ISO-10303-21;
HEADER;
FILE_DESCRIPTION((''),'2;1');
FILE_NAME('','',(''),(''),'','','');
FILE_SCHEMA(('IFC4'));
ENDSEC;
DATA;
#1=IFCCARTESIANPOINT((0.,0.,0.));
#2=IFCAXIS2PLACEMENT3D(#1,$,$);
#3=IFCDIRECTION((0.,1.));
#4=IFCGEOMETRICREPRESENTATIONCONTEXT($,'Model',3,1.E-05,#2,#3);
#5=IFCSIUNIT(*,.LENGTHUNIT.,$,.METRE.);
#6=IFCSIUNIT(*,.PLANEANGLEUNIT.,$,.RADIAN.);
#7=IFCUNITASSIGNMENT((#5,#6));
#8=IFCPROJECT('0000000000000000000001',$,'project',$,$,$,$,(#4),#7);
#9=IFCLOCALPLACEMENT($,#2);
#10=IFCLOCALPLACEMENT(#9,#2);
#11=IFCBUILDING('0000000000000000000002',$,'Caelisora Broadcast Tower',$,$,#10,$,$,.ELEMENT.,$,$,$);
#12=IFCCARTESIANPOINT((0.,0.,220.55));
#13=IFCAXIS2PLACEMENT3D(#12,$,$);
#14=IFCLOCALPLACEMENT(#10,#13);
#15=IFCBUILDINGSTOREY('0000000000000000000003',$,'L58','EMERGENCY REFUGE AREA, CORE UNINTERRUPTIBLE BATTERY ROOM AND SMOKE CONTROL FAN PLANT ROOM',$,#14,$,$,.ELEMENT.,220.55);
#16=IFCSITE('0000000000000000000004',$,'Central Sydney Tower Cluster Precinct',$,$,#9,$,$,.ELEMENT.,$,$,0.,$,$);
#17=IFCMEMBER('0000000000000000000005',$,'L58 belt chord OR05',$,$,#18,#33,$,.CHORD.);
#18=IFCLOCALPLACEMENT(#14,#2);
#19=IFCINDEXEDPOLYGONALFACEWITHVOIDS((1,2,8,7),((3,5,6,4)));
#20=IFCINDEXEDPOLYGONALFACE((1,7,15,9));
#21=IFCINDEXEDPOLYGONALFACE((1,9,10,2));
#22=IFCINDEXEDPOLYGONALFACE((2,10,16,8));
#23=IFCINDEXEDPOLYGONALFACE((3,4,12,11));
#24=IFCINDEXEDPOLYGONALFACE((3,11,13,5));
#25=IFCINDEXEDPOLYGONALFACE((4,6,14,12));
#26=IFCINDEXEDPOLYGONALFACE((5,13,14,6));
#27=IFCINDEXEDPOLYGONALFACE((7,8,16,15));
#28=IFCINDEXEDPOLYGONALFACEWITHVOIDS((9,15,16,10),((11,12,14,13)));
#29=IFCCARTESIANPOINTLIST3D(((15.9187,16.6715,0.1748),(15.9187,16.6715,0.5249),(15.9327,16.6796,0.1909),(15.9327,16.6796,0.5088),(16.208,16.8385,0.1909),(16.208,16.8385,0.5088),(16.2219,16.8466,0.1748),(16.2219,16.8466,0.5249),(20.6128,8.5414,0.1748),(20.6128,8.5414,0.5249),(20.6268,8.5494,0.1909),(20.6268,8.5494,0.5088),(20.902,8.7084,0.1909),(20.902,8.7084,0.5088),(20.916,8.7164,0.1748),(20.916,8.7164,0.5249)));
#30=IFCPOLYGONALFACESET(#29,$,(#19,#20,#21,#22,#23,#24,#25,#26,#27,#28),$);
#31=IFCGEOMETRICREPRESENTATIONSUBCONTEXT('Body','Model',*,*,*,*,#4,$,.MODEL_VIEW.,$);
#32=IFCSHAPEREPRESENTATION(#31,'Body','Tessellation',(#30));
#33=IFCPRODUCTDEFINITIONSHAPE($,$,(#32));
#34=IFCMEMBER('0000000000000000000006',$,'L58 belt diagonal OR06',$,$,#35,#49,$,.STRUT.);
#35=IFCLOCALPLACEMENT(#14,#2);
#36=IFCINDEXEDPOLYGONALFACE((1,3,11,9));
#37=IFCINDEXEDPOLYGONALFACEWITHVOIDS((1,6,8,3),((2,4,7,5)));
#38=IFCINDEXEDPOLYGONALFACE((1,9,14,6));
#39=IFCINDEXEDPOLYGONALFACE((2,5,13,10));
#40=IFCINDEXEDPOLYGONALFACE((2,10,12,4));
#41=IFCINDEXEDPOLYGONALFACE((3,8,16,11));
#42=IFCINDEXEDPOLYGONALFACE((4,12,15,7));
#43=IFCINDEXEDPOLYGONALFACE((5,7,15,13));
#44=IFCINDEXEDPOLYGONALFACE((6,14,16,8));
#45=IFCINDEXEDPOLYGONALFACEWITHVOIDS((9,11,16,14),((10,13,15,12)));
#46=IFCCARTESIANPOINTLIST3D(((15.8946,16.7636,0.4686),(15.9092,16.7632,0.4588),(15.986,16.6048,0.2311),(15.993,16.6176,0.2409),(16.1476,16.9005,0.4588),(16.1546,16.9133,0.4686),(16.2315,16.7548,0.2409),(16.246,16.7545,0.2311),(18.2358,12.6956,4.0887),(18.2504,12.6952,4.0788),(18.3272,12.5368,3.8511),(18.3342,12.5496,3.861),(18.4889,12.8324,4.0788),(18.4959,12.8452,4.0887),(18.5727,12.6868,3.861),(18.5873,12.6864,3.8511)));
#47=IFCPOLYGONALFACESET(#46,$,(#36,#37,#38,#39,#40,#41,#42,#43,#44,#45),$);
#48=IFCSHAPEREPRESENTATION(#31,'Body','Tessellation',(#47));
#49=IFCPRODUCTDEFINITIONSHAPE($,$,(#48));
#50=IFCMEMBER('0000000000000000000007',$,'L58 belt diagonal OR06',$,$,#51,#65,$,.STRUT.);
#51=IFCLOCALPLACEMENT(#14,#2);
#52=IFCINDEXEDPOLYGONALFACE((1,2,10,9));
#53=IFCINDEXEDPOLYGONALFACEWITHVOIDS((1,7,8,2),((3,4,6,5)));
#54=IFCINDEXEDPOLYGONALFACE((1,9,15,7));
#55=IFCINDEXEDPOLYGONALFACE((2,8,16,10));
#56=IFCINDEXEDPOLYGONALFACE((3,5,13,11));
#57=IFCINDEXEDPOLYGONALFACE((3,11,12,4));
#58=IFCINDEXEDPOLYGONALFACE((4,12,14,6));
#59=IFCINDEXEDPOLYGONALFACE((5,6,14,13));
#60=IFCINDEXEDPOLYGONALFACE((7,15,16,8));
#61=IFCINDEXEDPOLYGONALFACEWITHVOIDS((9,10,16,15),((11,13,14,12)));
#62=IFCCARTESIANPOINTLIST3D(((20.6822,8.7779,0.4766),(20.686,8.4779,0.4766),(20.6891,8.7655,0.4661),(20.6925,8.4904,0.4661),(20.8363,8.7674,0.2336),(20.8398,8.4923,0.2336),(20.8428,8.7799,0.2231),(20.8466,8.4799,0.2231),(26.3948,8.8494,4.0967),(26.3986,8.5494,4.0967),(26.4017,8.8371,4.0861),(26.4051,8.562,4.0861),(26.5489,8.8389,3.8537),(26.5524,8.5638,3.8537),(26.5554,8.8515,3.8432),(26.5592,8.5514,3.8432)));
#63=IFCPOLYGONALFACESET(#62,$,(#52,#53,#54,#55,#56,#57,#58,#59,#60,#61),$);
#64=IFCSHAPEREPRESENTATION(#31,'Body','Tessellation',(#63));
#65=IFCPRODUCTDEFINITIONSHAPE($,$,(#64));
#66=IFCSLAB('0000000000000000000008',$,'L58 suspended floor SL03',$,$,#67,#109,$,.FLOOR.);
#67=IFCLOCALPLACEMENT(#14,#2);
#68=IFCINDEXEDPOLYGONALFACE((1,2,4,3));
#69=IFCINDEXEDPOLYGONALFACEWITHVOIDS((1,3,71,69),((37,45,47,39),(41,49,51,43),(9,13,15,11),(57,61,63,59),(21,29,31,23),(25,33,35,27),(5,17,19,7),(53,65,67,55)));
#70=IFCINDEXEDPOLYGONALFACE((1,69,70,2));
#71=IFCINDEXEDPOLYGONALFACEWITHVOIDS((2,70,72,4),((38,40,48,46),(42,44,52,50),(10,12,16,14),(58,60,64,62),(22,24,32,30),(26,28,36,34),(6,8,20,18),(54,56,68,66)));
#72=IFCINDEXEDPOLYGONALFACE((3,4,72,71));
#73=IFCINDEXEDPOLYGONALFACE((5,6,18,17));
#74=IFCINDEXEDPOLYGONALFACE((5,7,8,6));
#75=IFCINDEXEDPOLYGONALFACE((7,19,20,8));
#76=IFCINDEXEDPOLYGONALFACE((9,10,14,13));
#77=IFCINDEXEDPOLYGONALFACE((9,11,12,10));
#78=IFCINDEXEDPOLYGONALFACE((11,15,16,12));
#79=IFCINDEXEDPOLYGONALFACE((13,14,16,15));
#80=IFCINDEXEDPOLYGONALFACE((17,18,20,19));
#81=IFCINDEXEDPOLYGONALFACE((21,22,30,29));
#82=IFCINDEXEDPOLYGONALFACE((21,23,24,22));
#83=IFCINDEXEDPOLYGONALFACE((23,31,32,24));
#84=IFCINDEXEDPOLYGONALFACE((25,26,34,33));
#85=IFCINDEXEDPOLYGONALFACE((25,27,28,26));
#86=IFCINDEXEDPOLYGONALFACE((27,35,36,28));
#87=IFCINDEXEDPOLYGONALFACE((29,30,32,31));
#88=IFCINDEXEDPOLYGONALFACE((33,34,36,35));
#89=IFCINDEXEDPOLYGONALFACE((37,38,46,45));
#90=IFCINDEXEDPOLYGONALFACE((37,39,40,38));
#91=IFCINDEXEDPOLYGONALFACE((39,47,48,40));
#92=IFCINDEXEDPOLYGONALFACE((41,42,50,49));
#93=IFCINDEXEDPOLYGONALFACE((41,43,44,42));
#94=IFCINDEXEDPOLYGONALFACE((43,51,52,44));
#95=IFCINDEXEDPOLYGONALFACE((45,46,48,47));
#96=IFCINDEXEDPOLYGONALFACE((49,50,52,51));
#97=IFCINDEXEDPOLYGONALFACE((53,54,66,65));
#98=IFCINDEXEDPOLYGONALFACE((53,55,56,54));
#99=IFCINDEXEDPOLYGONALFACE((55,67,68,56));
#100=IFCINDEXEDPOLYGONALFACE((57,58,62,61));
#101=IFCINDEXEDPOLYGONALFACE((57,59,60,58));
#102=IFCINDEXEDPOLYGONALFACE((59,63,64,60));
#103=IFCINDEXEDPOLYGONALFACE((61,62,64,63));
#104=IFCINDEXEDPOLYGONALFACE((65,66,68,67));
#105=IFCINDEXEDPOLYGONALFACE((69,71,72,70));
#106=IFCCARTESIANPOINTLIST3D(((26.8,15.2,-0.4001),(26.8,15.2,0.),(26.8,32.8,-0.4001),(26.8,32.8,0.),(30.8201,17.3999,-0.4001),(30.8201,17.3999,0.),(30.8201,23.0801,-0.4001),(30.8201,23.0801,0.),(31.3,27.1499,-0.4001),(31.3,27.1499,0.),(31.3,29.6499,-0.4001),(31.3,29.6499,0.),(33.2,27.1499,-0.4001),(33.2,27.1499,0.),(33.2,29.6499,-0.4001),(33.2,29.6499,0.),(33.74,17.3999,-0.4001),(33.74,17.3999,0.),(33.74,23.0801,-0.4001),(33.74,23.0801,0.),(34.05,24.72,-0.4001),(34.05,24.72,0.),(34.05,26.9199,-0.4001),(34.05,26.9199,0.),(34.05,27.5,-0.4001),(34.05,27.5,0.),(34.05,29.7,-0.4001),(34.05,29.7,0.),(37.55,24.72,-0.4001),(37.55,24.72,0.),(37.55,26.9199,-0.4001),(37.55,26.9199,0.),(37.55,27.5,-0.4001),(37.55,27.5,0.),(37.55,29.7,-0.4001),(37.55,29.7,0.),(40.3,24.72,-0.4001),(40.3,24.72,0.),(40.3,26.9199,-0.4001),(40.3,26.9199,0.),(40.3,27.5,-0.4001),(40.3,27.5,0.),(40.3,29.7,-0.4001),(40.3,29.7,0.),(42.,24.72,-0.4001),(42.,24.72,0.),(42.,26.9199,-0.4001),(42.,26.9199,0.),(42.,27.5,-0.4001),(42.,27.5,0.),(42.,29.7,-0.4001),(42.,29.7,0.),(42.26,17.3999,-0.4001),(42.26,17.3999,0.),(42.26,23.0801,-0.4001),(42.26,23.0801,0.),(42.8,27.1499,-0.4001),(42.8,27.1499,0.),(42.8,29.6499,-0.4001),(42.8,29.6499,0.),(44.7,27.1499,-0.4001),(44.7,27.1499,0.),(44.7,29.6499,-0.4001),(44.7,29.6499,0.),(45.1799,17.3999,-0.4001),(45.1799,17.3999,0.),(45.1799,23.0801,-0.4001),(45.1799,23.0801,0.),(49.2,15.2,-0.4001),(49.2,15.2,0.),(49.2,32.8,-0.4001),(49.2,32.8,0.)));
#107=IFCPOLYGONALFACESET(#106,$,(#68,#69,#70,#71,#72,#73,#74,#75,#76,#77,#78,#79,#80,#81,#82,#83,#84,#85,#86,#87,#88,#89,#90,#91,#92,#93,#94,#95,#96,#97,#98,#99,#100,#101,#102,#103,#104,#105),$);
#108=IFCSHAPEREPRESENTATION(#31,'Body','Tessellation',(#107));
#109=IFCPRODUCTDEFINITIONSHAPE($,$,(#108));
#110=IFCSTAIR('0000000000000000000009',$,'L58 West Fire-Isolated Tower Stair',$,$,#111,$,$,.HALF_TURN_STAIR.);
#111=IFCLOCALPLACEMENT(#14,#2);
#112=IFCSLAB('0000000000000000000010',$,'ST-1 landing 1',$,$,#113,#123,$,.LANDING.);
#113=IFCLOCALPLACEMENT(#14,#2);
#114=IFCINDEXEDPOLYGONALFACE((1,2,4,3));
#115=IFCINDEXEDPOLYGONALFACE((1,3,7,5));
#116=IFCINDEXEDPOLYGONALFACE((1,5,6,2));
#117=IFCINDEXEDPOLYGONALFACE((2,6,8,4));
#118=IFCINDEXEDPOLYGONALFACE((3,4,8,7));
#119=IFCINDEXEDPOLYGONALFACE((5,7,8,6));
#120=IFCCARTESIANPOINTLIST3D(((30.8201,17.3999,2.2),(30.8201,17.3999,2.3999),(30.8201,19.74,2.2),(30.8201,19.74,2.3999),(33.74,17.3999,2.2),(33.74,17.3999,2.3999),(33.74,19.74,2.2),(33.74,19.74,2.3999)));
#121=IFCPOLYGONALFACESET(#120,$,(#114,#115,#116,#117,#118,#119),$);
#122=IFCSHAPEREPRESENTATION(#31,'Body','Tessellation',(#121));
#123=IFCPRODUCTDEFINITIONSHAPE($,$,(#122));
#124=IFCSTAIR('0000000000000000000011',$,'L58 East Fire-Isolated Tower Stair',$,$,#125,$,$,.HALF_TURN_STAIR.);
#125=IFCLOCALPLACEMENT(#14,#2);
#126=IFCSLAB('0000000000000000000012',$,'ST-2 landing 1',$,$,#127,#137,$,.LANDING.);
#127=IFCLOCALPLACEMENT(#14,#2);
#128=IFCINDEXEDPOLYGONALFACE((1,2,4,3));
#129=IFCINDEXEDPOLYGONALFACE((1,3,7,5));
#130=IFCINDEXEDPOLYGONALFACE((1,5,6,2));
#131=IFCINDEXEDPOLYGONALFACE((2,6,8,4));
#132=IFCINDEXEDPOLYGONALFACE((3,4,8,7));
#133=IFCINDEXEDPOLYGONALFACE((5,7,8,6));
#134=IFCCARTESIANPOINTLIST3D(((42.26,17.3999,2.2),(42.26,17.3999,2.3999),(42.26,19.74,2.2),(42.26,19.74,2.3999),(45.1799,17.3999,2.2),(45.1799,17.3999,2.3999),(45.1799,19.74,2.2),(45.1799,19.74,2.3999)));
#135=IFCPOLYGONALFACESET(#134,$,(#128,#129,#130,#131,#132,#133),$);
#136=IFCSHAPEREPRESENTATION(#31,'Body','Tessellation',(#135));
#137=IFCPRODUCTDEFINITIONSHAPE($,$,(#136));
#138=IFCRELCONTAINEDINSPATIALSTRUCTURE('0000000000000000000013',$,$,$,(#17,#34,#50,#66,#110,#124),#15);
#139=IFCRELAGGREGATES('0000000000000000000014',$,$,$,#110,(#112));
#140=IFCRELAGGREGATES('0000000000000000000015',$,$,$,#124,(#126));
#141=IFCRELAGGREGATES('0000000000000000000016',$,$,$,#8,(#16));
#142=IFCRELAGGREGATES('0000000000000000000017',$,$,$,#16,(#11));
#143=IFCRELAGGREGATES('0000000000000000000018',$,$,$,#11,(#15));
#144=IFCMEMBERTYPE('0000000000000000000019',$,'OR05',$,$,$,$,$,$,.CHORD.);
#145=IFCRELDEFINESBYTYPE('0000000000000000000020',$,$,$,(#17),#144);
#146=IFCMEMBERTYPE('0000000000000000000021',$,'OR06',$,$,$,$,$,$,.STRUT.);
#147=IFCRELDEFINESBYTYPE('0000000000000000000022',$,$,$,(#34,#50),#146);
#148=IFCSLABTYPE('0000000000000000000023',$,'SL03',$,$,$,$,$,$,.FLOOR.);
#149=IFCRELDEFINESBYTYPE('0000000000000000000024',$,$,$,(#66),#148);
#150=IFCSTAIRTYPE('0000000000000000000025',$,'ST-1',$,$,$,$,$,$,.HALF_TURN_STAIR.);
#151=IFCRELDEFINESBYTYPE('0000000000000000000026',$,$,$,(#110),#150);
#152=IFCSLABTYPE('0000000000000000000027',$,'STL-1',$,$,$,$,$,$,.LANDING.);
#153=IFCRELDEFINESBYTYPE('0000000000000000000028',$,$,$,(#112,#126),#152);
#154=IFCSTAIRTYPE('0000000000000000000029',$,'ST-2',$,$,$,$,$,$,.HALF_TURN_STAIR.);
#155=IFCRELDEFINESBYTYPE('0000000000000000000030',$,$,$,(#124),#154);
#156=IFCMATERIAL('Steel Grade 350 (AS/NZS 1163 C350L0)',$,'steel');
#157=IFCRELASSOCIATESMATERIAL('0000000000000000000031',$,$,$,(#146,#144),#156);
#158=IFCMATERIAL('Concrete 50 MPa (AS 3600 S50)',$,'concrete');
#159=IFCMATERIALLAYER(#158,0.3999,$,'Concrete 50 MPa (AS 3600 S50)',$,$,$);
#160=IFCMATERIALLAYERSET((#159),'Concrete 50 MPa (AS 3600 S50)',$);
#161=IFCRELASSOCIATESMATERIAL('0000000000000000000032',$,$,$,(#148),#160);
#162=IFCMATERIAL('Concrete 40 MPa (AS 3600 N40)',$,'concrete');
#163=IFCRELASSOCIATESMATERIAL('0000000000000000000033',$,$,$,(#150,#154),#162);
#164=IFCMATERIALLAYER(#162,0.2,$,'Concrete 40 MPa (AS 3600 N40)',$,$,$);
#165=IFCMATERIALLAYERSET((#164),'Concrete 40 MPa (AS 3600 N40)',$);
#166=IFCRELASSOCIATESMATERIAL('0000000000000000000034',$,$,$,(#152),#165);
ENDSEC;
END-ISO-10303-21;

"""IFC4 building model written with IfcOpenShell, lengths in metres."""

from ifc_helpers import new_model, si_unit, direction, frame, origin, origin_2d, place, context, subcontext, project, spatial, polyline, hollow_rectangle, outline, extrude, source, transform, mapped, material, layer, layer_set, material_profile, profile_set, type_object, element, aggregate, save


model = new_model("IFC4")

# Units and contexts
model_context = context("Model", 3, precision=1e-05, world=origin(), true_north=direction((0.0, 1.0)))
body_context = subcontext(model_context, "Body", "Model", "MODEL_VIEW")
ifc_project = project(units=[si_unit("LENGTHUNIT", "METRE"), si_unit("PLANEANGLEUNIT", "RADIAN")], contexts=[model_context])

# Site, building, storey
site_placement = place(None, origin())
site = spatial("IfcSite", under=ifc_project, at=site_placement, Name="Central Sydney Tower Cluster Precinct", CompositionType="ELEMENT", RefElevation=0.0)
building_placement = place(site_placement, origin())
building = spatial("IfcBuilding", under=site, at=building_placement, Name="Caelisora Broadcast Tower", CompositionType="ELEMENT")
storey_placement = place(building_placement, frame((0.0, 0.0, 220.55)))
storey = spatial("IfcBuildingStorey", under=building, at=storey_placement, Name="L58", Description="EMERGENCY REFUGE AREA, CORE UNINTERRUPTIBLE BATTERY ROOM AND SMOKE CONTROL FAN PLANT ROOM", CompositionType="ELEMENT", Elevation=220.55)

# Shared definitions
ifc_material_1 = material(Name="Steel Grade 350 (AS/NZS 1163 C350L0)", Category="steel")

# Members
ifc_material_profile_1 = material_profile(ifc_material_1, hollow_rectangle(XDim=0.3, YDim=0.3, WallThickness=0.0125, at=origin_2d()), Name="Steel Grade 350 (AS/NZS 1163 C350L0)")
ifc_profile_set_1 = profile_set([ifc_material_profile_1], Name="Steel Grade 350 (AS/NZS 1163 C350L0)")
member_type_1 = type_object("IfcMemberType", Name="OR06", PredefinedType="STRUT", material=ifc_profile_set_1)
ifc_material_profile_2 = material_profile(ifc_material_1, hollow_rectangle(XDim=0.3501, YDim=0.3501, WallThickness=0.0161, at=origin_2d()), Name="Steel Grade 350 (AS/NZS 1163 C350L0)")
ifc_profile_set_2 = profile_set([ifc_material_profile_2], Name="Steel Grade 350 (AS/NZS 1163 C350L0)")
member_type_2 = type_object("IfcMemberType", Name="OR05", PredefinedType="CHORD", material=ifc_profile_set_2)
shared_shape_1 = source(origin(), body_context, "Body", "SweptSolid", [
    extrude(hollow_rectangle(XDim=0.3501, YDim=0.3501, WallThickness=0.0161, at=origin_2d()), origin(), (0.0, 0.0, 1.0), 9.3879),
])
member_1_placement = place(storey_placement, frame((16.0703, 16.759, 0.3499), z_axis=(0.500013, -0.866018, 0.0), x_axis=(0.866018, 0.500013, 0.0)))
element("IfcMember", 1, at=member_1_placement, inside=storey, type_object=member_type_2, Name="L58 belt chord OR05", PredefinedType="CHORD", context=body_context, shape_type="MappedRepresentation", body=[
    mapped(shared_shape_1, transform((0.0, 0.0, 0.0), scale=1.0)),
])
shared_shape_2 = source(origin(), body_context, "Body", "SweptSolid", [
    extrude(hollow_rectangle(XDim=0.3, YDim=0.3, WallThickness=0.0125, at=origin_2d()), origin(), (0.0, 0.0, 1.0), 5.9275),
])
member_2_placement = place(storey_placement, frame((16.0703, 16.759, 0.3499), z_axis=(0.394984, -0.6863, 0.610721), x_axis=(0.866709, 0.498814, 0.0)))
element("IfcMember", 2, at=member_2_placement, inside=storey, type_object=member_type_1, Name="L58 belt diagonal OR06", PredefinedType="STRUT", context=body_context, shape_type="MappedRepresentation", body=[
    mapped(shared_shape_2, transform((0.0, 0.0, 0.0), scale=1.0)),
])
shared_shape_3 = source(origin(), body_context, "Body", "SweptSolid", [
    extrude(hollow_rectangle(XDim=0.3, YDim=0.3, WallThickness=0.0125, at=origin_2d()), origin(), (0.0, 0.0, 1.0), 6.7634),
])
member_3_placement = place(storey_placement, frame((20.7644, 8.6289, 0.3499), z_axis=(0.844631, 0.010576, 0.535245), x_axis=(-0.012521, 0.999922, 0.0)))
element("IfcMember", 3, at=member_3_placement, inside=storey, type_object=member_type_1, Name="L58 belt diagonal OR06", PredefinedType="STRUT", context=body_context, shape_type="MappedRepresentation", body=[
    mapped(shared_shape_3, transform((0.0, 0.0, 0.0), scale=1.0)),
])

# Slab
ifc_material_2 = material(Name="Concrete 50 MPa (AS 3600 S50)", Category="concrete")
ifc_layer_1 = layer(ifc_material_2, 0.3999, Name="Concrete 50 MPa (AS 3600 S50)")
ifc_layer_set_1 = layer_set([ifc_layer_1], Name="Concrete 50 MPa (AS 3600 S50)")
slab_type_1 = type_object("IfcSlabType", Name="SL03", PredefinedType="FLOOR", material=ifc_layer_set_1)
slab_1_placement = place(storey_placement, frame((0.0, 0.0, -0.4001)))
element("IfcSlab", 4, at=slab_1_placement, inside=storey, type_object=slab_type_1, Name="L58 suspended floor SL03", PredefinedType="FLOOR", context=body_context, shape_type="SweptSolid", body=[
    extrude(outline(polyline([(26.8, 15.2), (26.8, 32.8), (49.2, 32.8), (49.2, 15.2), (26.8, 15.2)]), holes=[polyline([(30.8201, 17.3999), (33.74, 17.3999), (33.74, 23.0801), (30.8201, 23.0801), (30.8201, 17.3999)]), polyline([(42.26, 17.3999), (45.1799, 17.3999), (45.1799, 23.0801), (42.26, 23.0801), (42.26, 17.3999)]), polyline([(42.8, 27.1499), (44.7, 27.1499), (44.7, 29.6499), (42.8, 29.6499), (42.8, 27.1499)]), polyline([(40.3, 24.72), (42.0, 24.72), (42.0, 26.9199), (40.3, 26.9199), (40.3, 24.72)]), polyline([(40.3, 27.5), (42.0, 27.5), (42.0, 29.7), (40.3, 29.7), (40.3, 27.5)]), polyline([(34.05, 24.72), (37.55, 24.72), (37.55, 26.9199), (34.05, 26.9199), (34.05, 24.72)]), polyline([(34.05, 27.5), (37.55, 27.5), (37.55, 29.7), (34.05, 29.7), (34.05, 27.5)]), polyline([(31.3, 27.1499), (33.2, 27.1499), (33.2, 29.6499), (31.3, 29.6499), (31.3, 27.1499)])]), origin(), (0.0, 0.0, 1.0), 0.4001),
])

# Stairs, slabs
ifc_material_3 = material(Name="Concrete 40 MPa (AS 3600 N40)", Category="concrete")
stair_type_1 = type_object("IfcStairType", Name="ST-1", PredefinedType="HALF_TURN_STAIR", material=ifc_material_3)
stair_1_placement = place(storey_placement, origin())
stair_1 = element("IfcStair", 5, at=stair_1_placement, inside=storey, type_object=stair_type_1, Name="L58 West Fire-Isolated Tower Stair", PredefinedType="HALF_TURN_STAIR")
ifc_layer_2 = layer(ifc_material_3, 0.2, Name="Concrete 40 MPa (AS 3600 N40)")
ifc_layer_set_2 = layer_set([ifc_layer_2], Name="Concrete 40 MPa (AS 3600 N40)")
slab_type_2 = type_object("IfcSlabType", Name="STL-1", PredefinedType="LANDING", material=ifc_layer_set_2)
slab_2_placement = place(storey_placement, frame((0.0, 0.0, 2.2)))
slab_2 = element("IfcSlab", 6, at=slab_2_placement, type_object=slab_type_2, Name="ST-1 landing 1", PredefinedType="LANDING", context=body_context, shape_type="SweptSolid", body=[
    extrude(outline(polyline([(30.8201, 19.74), (30.8201, 17.3999), (33.74, 17.3999), (33.74, 19.74), (30.8201, 19.74)])), origin(), (0.0, 0.0, 1.0), 0.2),
])
aggregate(stair_1, [slab_2])
stair_type_2 = type_object("IfcStairType", Name="ST-2", PredefinedType="HALF_TURN_STAIR", material=ifc_material_3)
stair_2_placement = place(storey_placement, origin())
stair_2 = element("IfcStair", 7, at=stair_2_placement, inside=storey, type_object=stair_type_2, Name="L58 East Fire-Isolated Tower Stair", PredefinedType="HALF_TURN_STAIR")
slab_3_placement = place(storey_placement, frame((0.0, 0.0, 2.2)))
slab_3 = element("IfcSlab", 8, at=slab_3_placement, type_object=slab_type_2, Name="ST-2 landing 1", PredefinedType="LANDING", context=body_context, shape_type="SweptSolid", body=[
    extrude(outline(polyline([(42.26, 19.74), (42.26, 17.3999), (45.1799, 17.3999), (45.1799, 19.74), (42.26, 19.74)])), origin(), (0.0, 0.0, 1.0), 0.2),
])
aggregate(stair_2, [slab_3])

save(model, "model.ifc")
